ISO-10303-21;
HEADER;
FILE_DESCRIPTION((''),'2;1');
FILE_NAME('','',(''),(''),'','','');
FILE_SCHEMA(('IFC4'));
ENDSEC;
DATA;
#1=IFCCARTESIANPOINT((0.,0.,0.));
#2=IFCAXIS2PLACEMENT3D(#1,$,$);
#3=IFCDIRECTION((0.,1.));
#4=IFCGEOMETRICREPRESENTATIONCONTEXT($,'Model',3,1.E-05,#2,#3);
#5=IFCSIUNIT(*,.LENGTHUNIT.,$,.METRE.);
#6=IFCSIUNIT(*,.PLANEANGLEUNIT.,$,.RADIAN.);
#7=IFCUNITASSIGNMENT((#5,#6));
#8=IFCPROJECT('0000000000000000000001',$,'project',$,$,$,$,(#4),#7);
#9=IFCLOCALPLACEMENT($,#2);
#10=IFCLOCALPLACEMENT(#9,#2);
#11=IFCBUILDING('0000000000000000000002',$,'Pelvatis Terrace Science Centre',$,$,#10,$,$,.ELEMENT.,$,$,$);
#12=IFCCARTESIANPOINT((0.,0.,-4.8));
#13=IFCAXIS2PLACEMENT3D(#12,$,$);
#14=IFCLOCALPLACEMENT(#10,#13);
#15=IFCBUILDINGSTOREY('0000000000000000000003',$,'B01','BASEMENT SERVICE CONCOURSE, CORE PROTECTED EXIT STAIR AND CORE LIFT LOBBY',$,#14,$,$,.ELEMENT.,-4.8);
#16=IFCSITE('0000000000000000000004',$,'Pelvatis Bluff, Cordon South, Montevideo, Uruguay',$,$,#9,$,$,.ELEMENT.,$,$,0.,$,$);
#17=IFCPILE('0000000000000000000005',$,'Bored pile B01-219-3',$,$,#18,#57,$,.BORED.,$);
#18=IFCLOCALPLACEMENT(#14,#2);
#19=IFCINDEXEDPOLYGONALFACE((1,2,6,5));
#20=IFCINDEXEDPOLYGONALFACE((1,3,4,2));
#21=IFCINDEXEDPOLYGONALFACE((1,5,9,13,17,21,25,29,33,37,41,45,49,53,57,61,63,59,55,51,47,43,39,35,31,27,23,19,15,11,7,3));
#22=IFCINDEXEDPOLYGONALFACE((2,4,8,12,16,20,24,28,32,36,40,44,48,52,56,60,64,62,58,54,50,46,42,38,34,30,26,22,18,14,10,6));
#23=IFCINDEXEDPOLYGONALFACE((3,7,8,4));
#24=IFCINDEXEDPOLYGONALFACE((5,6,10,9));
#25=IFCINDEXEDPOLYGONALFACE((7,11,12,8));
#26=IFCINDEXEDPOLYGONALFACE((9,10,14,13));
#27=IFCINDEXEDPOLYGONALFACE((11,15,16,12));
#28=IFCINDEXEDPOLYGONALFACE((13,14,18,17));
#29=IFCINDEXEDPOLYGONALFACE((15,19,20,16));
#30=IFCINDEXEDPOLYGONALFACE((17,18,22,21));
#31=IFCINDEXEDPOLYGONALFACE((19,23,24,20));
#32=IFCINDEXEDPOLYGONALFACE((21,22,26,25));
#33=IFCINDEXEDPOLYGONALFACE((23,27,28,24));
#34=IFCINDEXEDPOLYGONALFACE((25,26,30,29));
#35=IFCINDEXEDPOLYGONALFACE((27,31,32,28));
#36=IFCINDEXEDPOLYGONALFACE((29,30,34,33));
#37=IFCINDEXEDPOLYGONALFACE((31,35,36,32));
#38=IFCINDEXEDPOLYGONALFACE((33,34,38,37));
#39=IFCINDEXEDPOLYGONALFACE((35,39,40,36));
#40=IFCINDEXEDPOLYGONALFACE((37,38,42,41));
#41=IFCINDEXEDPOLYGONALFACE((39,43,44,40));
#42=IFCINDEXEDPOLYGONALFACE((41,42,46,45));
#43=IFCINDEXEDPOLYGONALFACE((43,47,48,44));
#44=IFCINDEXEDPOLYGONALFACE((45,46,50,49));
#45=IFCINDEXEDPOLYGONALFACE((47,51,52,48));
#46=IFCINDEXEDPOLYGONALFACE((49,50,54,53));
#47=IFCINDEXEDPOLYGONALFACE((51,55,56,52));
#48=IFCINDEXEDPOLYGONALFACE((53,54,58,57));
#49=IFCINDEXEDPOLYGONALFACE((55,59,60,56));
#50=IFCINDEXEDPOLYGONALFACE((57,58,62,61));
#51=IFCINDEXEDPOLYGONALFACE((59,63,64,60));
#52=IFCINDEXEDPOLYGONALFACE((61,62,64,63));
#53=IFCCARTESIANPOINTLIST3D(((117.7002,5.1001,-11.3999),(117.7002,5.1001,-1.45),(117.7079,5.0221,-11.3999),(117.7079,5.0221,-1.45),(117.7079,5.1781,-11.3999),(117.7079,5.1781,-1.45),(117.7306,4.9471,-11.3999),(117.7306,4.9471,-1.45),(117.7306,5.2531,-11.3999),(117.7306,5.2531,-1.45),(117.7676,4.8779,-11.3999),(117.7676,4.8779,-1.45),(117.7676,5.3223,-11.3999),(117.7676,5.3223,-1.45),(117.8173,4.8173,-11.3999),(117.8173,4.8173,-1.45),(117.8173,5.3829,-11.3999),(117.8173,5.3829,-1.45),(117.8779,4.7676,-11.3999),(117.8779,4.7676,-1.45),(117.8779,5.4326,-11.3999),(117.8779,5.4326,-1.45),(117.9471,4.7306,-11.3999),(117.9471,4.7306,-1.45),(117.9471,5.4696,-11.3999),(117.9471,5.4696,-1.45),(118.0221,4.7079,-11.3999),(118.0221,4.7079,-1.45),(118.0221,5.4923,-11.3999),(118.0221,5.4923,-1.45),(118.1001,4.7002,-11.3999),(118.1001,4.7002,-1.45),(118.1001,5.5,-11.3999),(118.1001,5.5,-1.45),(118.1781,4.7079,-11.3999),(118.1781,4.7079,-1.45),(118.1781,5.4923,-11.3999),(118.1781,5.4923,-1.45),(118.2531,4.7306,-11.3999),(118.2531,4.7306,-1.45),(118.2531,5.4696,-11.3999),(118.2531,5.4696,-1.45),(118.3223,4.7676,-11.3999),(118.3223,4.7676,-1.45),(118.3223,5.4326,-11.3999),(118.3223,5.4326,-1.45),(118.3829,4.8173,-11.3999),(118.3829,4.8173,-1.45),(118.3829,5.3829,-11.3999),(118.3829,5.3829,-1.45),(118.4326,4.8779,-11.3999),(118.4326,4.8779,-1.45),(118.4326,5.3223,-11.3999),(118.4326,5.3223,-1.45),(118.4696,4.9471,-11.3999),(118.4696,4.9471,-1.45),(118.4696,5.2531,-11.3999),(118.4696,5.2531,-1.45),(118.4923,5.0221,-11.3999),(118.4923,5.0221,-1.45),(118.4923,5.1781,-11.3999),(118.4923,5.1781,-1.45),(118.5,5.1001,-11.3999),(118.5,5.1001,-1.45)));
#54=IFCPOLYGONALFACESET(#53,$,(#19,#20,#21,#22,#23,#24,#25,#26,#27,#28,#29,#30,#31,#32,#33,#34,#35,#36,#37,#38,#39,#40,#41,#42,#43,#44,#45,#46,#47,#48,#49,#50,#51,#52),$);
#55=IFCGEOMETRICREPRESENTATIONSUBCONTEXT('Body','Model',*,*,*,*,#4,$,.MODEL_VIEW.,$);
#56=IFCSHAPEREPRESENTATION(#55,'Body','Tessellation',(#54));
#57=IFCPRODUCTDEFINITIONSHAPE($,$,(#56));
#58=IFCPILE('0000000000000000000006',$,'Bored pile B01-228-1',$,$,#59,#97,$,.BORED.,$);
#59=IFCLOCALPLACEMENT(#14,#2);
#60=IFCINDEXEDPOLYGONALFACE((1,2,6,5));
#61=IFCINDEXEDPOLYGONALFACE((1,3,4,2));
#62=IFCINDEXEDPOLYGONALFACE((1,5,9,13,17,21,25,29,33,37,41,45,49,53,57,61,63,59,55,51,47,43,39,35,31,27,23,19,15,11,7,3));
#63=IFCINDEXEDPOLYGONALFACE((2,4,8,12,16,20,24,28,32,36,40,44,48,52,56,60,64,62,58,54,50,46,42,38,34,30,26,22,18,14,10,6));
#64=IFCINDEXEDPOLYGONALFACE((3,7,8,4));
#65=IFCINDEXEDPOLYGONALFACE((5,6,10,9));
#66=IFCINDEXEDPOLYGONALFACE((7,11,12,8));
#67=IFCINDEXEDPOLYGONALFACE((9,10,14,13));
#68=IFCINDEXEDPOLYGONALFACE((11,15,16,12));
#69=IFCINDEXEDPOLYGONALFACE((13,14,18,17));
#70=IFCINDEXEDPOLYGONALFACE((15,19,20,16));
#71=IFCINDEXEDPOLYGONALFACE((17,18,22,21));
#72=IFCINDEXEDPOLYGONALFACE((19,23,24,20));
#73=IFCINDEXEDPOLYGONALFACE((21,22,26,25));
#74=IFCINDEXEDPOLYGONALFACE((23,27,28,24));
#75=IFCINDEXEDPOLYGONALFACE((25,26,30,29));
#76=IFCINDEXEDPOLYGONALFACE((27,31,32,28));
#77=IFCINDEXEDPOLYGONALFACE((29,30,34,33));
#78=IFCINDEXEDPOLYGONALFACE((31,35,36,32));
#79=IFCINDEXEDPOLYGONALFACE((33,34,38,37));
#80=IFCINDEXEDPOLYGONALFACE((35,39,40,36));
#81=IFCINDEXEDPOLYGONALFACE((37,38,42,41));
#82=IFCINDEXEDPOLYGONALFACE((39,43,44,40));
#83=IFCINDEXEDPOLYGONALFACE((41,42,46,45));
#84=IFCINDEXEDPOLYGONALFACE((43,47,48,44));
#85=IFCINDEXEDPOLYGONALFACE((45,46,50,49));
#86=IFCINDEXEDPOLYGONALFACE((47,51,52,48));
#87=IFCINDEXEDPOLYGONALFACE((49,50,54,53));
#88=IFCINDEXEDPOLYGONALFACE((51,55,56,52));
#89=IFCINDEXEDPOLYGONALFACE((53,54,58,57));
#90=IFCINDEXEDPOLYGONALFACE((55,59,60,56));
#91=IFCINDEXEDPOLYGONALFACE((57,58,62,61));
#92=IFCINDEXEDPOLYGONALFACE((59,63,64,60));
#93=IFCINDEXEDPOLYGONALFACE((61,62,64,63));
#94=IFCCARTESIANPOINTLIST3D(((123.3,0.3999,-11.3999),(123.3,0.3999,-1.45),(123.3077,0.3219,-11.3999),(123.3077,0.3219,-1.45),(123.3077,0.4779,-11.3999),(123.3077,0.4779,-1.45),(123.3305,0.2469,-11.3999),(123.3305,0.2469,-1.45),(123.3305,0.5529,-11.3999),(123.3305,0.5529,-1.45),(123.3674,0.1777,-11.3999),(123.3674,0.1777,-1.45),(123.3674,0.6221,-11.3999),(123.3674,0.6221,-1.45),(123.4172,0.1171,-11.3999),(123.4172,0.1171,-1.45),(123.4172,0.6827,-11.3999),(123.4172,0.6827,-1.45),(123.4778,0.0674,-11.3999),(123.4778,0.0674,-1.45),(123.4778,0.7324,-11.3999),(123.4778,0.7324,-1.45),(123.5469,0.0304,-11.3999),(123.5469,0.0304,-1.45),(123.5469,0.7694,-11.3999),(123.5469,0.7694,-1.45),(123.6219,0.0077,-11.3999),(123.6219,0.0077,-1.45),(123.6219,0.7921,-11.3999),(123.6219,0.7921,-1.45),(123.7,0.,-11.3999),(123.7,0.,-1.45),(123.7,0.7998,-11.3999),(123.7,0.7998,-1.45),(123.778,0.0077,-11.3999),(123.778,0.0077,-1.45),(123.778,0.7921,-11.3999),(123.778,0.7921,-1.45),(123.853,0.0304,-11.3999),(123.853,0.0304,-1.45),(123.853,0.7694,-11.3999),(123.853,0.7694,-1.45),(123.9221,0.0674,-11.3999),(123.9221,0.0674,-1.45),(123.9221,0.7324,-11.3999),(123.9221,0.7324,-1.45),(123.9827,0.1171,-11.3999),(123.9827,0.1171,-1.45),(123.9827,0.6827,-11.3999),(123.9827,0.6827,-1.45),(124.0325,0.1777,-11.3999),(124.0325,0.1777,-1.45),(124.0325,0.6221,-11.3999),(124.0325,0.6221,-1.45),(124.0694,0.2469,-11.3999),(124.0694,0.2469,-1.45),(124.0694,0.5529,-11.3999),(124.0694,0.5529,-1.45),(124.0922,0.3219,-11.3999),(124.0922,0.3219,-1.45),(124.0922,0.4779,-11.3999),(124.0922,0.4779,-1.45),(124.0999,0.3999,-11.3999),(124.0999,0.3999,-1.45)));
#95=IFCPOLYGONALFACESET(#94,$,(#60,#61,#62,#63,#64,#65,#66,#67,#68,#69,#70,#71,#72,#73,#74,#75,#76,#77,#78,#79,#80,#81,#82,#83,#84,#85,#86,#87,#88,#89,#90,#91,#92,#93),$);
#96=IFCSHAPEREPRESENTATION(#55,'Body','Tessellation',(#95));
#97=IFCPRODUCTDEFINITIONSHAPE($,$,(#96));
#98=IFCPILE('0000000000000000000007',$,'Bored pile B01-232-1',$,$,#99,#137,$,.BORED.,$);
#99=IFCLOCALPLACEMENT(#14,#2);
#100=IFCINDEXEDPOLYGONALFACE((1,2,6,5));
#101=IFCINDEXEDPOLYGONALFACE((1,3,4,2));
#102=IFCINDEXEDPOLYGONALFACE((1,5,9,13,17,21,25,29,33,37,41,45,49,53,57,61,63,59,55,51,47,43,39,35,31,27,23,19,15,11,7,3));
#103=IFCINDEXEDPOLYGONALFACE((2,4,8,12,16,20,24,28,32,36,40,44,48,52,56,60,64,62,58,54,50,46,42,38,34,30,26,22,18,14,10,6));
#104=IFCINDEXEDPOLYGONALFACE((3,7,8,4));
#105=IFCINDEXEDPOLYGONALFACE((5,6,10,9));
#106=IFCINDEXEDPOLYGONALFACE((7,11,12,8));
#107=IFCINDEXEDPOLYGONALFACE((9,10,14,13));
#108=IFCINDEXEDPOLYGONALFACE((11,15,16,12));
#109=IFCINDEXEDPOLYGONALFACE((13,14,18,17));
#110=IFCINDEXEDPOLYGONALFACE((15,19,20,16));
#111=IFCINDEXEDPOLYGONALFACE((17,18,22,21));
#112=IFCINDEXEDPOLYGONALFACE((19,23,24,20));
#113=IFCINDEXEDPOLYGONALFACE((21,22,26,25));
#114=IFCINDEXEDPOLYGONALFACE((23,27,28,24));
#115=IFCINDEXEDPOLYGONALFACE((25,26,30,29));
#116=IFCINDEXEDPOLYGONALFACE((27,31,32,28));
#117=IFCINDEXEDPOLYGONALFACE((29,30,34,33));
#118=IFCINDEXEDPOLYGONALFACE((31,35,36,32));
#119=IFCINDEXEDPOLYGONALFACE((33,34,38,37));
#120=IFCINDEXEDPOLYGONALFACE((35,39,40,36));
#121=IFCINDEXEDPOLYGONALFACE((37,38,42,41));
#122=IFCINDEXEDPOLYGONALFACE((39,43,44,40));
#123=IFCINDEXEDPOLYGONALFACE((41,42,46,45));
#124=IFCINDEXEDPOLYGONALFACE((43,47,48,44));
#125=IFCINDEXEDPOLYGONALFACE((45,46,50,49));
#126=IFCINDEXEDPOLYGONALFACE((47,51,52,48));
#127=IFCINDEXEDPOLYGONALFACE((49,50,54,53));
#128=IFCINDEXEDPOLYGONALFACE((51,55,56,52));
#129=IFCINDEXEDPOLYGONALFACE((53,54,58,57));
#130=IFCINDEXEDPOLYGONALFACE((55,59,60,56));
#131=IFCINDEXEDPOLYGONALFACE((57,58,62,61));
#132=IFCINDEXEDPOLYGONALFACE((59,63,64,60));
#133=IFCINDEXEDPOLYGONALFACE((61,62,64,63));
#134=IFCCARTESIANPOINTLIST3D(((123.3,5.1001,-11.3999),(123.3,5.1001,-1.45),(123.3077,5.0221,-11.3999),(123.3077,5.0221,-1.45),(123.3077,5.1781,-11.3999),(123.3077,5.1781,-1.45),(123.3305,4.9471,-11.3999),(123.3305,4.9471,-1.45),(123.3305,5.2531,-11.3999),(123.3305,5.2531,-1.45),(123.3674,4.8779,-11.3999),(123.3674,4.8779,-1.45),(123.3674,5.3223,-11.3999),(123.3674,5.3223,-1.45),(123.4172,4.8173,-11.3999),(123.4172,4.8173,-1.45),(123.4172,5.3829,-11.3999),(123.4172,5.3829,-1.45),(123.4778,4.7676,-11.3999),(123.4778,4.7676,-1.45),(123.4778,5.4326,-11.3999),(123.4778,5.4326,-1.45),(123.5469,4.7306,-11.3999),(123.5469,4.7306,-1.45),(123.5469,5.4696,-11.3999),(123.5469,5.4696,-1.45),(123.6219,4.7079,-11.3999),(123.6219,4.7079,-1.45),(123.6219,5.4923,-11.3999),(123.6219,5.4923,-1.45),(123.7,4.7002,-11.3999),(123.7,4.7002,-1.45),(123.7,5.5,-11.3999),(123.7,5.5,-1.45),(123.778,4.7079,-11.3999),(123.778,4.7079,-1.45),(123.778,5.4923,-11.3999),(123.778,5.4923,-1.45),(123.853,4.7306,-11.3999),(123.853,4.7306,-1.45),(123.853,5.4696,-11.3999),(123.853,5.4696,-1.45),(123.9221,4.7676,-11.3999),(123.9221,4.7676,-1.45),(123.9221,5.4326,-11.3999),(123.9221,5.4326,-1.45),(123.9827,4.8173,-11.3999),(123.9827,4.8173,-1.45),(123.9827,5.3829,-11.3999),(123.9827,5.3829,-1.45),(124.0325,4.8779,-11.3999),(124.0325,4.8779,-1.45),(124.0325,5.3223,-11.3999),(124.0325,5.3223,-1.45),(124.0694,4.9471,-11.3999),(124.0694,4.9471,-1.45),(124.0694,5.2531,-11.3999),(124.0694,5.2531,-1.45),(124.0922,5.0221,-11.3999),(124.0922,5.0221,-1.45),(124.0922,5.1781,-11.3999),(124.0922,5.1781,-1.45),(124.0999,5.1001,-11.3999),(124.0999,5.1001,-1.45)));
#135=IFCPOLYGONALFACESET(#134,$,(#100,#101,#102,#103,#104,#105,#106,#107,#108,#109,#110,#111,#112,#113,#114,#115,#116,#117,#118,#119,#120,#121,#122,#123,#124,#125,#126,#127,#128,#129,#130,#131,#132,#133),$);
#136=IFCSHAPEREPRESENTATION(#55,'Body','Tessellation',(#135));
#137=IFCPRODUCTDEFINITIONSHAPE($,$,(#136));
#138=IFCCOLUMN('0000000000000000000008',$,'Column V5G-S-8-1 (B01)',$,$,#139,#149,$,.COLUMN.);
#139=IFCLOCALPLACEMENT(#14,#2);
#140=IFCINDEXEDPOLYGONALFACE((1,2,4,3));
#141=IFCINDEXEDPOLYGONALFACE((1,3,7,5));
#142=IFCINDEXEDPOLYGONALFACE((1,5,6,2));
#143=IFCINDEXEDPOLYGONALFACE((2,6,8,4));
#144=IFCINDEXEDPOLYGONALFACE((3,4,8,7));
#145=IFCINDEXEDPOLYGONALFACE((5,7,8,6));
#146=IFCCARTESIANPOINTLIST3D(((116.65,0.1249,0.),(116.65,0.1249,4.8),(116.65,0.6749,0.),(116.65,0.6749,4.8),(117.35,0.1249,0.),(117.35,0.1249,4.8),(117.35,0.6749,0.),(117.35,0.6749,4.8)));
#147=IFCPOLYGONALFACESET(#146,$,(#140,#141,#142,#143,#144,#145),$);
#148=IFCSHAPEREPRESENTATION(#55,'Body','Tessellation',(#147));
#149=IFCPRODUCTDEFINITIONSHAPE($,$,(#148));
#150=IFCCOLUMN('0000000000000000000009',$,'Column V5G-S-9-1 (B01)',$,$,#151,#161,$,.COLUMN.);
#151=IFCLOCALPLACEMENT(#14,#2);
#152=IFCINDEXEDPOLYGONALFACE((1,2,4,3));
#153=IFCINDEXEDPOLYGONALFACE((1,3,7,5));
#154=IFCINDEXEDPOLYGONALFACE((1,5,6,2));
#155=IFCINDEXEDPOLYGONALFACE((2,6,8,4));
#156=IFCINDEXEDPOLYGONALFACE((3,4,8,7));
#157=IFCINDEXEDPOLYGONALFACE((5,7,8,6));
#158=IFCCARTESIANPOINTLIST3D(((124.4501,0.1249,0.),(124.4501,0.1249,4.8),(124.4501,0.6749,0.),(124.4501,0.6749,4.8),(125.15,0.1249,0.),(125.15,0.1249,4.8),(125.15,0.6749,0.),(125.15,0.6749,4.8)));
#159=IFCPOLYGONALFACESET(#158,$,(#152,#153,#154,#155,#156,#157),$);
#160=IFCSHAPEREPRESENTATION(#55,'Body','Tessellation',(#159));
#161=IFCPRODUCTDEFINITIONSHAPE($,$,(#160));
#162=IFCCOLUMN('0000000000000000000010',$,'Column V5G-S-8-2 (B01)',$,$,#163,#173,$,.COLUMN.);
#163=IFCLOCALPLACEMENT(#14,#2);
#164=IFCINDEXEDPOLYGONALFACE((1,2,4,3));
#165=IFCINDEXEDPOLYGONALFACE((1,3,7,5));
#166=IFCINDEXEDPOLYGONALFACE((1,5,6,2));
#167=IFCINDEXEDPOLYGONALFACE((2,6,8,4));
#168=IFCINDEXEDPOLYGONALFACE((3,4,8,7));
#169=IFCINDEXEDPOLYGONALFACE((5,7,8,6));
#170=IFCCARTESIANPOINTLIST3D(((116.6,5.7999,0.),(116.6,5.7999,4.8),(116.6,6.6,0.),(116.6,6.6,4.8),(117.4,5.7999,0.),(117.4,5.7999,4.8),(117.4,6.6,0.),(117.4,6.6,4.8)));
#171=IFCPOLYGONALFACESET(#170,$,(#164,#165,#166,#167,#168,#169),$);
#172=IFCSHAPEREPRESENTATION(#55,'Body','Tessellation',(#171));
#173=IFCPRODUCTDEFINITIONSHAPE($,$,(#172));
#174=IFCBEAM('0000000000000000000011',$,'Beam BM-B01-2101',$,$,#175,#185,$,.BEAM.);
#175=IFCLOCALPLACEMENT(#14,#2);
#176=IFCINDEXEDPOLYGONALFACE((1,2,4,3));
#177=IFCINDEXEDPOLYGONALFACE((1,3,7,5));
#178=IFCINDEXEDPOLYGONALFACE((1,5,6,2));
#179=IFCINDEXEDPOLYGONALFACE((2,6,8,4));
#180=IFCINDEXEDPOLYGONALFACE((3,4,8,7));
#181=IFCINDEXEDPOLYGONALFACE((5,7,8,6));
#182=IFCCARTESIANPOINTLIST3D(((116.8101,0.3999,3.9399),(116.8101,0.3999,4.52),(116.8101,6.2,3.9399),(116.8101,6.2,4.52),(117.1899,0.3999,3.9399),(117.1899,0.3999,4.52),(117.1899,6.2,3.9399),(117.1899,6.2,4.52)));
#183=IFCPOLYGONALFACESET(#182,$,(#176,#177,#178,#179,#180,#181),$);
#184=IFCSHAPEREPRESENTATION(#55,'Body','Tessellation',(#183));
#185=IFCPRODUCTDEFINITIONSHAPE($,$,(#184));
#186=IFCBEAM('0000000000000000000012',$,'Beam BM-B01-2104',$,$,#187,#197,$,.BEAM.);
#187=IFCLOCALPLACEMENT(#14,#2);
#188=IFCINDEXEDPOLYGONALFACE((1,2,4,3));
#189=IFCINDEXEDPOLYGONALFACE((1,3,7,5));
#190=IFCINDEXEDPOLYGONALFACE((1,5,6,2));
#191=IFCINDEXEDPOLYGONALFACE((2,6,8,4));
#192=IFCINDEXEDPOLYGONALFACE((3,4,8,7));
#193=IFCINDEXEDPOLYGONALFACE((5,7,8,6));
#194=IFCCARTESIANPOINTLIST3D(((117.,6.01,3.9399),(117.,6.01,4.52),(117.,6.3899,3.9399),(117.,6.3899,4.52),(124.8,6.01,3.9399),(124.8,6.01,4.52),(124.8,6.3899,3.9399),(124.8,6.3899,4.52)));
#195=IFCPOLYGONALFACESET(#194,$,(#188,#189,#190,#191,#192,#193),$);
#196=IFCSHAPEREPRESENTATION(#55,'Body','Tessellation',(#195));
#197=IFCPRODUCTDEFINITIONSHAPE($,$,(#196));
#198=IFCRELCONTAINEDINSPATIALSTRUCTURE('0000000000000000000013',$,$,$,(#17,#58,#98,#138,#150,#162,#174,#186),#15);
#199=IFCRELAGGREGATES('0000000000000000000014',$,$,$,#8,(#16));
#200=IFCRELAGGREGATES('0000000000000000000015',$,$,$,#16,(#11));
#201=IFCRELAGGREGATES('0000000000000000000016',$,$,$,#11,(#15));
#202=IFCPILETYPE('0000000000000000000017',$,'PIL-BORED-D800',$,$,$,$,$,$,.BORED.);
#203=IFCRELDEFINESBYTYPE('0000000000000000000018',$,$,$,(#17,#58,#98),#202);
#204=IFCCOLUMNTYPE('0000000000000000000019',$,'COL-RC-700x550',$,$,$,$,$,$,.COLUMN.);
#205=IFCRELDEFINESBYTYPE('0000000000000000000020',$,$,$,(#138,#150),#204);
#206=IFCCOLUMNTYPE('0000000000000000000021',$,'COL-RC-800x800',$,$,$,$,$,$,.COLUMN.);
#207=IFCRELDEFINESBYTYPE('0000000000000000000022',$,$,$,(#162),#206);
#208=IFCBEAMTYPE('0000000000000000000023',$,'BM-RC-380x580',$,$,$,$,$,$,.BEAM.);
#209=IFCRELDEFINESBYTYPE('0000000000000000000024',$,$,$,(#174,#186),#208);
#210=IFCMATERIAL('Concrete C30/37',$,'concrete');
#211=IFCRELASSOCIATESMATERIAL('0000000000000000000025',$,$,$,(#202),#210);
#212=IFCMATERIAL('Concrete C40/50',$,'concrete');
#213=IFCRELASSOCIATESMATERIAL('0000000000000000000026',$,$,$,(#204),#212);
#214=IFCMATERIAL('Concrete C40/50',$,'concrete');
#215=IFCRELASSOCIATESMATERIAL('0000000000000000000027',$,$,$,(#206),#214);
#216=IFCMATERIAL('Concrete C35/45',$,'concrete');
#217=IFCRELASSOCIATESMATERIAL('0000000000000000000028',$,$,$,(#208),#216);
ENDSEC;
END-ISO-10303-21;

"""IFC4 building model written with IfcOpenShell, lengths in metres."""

from ifc_helpers import new_model, si_unit, direction, frame, origin, origin_2d, place, context, subcontext, project, spatial, rectangle, circle, extrude, material, material_profile, profile_set, type_object, element, save


model = new_model("IFC4")

# Units and contexts
model_context = context("Model", 3, precision=1e-05, world=origin(), true_north=direction((0.0, 1.0)))
body_context = subcontext(model_context, "Body", "Model", "MODEL_VIEW")
ifc_project = project(units=[si_unit("LENGTHUNIT", "METRE"), si_unit("PLANEANGLEUNIT", "RADIAN")], contexts=[model_context])

# Site, building, storey
site_placement = place(None, origin())
site = spatial("IfcSite", under=ifc_project, at=site_placement, Name="Pelvatis Bluff, Cordon South, Montevideo, Uruguay", CompositionType="ELEMENT", RefElevation=0.0)
building_placement = place(site_placement, origin())
building = spatial("IfcBuilding", under=site, at=building_placement, Name="Pelvatis Terrace Science Centre", CompositionType="ELEMENT")
storey_placement = place(building_placement, frame((0.0, 0.0, -4.8)))
storey = spatial("IfcBuildingStorey", under=building, at=storey_placement, Name="B01", Description="BASEMENT SERVICE CONCOURSE, CORE PROTECTED EXIT STAIR AND CORE LIFT LOBBY", CompositionType="ELEMENT", Elevation=-4.8)

# Piles
ifc_material_1 = material(Name="Concrete C30/37", Category="concrete")
ifc_material_profile_1 = material_profile(ifc_material_1, circle(Radius=0.3999, at=origin_2d()), Name="PILE D800")
ifc_profile_set_1 = profile_set([ifc_material_profile_1], Name="Concrete C30/37")
pile_type = type_object("IfcPileType", Name="PIL-BORED-D800", PredefinedType="BORED", material=ifc_profile_set_1)
for number, where, z_axis, x_axis, name in (
    (1, (118.1001, 5.1001, -1.45), (0.0, 0.0, -1.0), (1.0, 0.0, 0.0), "Bored pile B01-219-3"),
    (2, (123.7, 0.3999, -1.45), (0.0, 0.0, -1.0), (1.0, 0.0, 0.0), "Bored pile B01-228-1"),
    (3, (123.7, 5.1001, -1.45), (0.0, 0.0, -1.0), (1.0, 0.0, 0.0), "Bored pile B01-232-1"),
):
    element("IfcPile", number, at=place(storey_placement, frame(where, z_axis=z_axis, x_axis=x_axis)), inside=storey, type_object=pile_type, Name=name, PredefinedType="BORED", context=body_context, shape_type="SweptSolid", body=[
        extrude(circle(Radius=0.3999, at=origin_2d()), origin(), (0.0, 0.0, 1.0), 9.95),
    ])

# Columns
ifc_material_2 = material(Name="Concrete C40/50", Category="concrete")
ifc_material_profile_2 = material_profile(ifc_material_2, rectangle(XDim=0.7, YDim=0.55, at=origin_2d()), Name="RC-COL 700x550")
ifc_profile_set_2 = profile_set([ifc_material_profile_2], Name="Concrete C40/50")
column_type_1 = type_object("IfcColumnType", Name="COL-RC-700x550", PredefinedType="COLUMN", material=ifc_profile_set_2)
for number, where, z_axis, x_axis, name in (
    (4, (117.0, 0.3999, 0.0), (0.0, 0.0, 1.0), (1.0, 0.0, 0.0), "Column V5G-S-8-1 (B01)"),
    (5, (124.8, 0.3999, 0.0), (0.0, 0.0, 1.0), (1.0, 0.0, 0.0), "Column V5G-S-9-1 (B01)"),
):
    element("IfcColumn", number, at=place(storey_placement, frame(where, z_axis=z_axis, x_axis=x_axis)), inside=storey, type_object=column_type_1, Name=name, PredefinedType="COLUMN", context=body_context, shape_type="SweptSolid", body=[
        extrude(rectangle(XDim=0.7, YDim=0.55, at=origin_2d()), origin(), (0.0, 0.0, 1.0), 4.8),
    ])
ifc_material_3 = material(Name="Concrete C40/50", Category="concrete")
ifc_material_profile_3 = material_profile(ifc_material_3, rectangle(XDim=0.8, YDim=0.8, at=origin_2d()), Name="RC-COL 800x800")
ifc_profile_set_3 = profile_set([ifc_material_profile_3], Name="Concrete C40/50")
column_type_2 = type_object("IfcColumnType", Name="COL-RC-800x800", PredefinedType="COLUMN", material=ifc_profile_set_3)
column_placement = place(storey_placement, frame((117.0, 6.2, 0.0), z_axis=(0.0, 0.0, 1.0), x_axis=(1.0, 0.0, 0.0)))
element("IfcColumn", 6, at=column_placement, inside=storey, type_object=column_type_2, Name="Column V5G-S-8-2 (B01)", PredefinedType="COLUMN", context=body_context, shape_type="SweptSolid", body=[
    extrude(rectangle(XDim=0.8, YDim=0.8, at=origin_2d()), origin(), (0.0, 0.0, 1.0), 4.8),
])

# Beams
ifc_material_4 = material(Name="Concrete C35/45", Category="concrete")
ifc_material_profile_4 = material_profile(ifc_material_4, rectangle(XDim=0.3799, YDim=0.5801, at=origin_2d()), Name="RC-BM 380x580")
ifc_profile_set_4 = profile_set([ifc_material_profile_4], Name="Concrete C35/45")
beam_type_1 = type_object("IfcBeamType", Name="BM-RC-380x580", PredefinedType="BEAM", material=ifc_profile_set_4)
beam_1_placement = place(storey_placement, frame((117.0, 0.3999, 4.23), z_axis=(0.0, 1.0, 0.0), x_axis=(-1.0, 0.0, 0.0)))
element("IfcBeam", 7, at=beam_1_placement, inside=storey, type_object=beam_type_1, Name="Beam BM-B01-2101", PredefinedType="BEAM", context=body_context, shape_type="SweptSolid", body=[
    extrude(rectangle(XDim=0.3799, YDim=0.5801, at=origin_2d()), origin(), (0.0, 0.0, 1.0), 5.8),
])
beam_2_placement = place(storey_placement, frame((117.0, 6.2, 4.23), z_axis=(1.0, 0.0, 0.0), x_axis=(0.0, 1.0, 0.0)))
element("IfcBeam", 8, at=beam_2_placement, inside=storey, type_object=beam_type_1, Name="Beam BM-B01-2104", PredefinedType="BEAM", context=body_context, shape_type="SweptSolid", body=[
    extrude(rectangle(XDim=0.3799, YDim=0.5801, at=origin_2d()), origin(), (0.0, 0.0, 1.0), 7.8),
])

save(model, "model.ifc")
